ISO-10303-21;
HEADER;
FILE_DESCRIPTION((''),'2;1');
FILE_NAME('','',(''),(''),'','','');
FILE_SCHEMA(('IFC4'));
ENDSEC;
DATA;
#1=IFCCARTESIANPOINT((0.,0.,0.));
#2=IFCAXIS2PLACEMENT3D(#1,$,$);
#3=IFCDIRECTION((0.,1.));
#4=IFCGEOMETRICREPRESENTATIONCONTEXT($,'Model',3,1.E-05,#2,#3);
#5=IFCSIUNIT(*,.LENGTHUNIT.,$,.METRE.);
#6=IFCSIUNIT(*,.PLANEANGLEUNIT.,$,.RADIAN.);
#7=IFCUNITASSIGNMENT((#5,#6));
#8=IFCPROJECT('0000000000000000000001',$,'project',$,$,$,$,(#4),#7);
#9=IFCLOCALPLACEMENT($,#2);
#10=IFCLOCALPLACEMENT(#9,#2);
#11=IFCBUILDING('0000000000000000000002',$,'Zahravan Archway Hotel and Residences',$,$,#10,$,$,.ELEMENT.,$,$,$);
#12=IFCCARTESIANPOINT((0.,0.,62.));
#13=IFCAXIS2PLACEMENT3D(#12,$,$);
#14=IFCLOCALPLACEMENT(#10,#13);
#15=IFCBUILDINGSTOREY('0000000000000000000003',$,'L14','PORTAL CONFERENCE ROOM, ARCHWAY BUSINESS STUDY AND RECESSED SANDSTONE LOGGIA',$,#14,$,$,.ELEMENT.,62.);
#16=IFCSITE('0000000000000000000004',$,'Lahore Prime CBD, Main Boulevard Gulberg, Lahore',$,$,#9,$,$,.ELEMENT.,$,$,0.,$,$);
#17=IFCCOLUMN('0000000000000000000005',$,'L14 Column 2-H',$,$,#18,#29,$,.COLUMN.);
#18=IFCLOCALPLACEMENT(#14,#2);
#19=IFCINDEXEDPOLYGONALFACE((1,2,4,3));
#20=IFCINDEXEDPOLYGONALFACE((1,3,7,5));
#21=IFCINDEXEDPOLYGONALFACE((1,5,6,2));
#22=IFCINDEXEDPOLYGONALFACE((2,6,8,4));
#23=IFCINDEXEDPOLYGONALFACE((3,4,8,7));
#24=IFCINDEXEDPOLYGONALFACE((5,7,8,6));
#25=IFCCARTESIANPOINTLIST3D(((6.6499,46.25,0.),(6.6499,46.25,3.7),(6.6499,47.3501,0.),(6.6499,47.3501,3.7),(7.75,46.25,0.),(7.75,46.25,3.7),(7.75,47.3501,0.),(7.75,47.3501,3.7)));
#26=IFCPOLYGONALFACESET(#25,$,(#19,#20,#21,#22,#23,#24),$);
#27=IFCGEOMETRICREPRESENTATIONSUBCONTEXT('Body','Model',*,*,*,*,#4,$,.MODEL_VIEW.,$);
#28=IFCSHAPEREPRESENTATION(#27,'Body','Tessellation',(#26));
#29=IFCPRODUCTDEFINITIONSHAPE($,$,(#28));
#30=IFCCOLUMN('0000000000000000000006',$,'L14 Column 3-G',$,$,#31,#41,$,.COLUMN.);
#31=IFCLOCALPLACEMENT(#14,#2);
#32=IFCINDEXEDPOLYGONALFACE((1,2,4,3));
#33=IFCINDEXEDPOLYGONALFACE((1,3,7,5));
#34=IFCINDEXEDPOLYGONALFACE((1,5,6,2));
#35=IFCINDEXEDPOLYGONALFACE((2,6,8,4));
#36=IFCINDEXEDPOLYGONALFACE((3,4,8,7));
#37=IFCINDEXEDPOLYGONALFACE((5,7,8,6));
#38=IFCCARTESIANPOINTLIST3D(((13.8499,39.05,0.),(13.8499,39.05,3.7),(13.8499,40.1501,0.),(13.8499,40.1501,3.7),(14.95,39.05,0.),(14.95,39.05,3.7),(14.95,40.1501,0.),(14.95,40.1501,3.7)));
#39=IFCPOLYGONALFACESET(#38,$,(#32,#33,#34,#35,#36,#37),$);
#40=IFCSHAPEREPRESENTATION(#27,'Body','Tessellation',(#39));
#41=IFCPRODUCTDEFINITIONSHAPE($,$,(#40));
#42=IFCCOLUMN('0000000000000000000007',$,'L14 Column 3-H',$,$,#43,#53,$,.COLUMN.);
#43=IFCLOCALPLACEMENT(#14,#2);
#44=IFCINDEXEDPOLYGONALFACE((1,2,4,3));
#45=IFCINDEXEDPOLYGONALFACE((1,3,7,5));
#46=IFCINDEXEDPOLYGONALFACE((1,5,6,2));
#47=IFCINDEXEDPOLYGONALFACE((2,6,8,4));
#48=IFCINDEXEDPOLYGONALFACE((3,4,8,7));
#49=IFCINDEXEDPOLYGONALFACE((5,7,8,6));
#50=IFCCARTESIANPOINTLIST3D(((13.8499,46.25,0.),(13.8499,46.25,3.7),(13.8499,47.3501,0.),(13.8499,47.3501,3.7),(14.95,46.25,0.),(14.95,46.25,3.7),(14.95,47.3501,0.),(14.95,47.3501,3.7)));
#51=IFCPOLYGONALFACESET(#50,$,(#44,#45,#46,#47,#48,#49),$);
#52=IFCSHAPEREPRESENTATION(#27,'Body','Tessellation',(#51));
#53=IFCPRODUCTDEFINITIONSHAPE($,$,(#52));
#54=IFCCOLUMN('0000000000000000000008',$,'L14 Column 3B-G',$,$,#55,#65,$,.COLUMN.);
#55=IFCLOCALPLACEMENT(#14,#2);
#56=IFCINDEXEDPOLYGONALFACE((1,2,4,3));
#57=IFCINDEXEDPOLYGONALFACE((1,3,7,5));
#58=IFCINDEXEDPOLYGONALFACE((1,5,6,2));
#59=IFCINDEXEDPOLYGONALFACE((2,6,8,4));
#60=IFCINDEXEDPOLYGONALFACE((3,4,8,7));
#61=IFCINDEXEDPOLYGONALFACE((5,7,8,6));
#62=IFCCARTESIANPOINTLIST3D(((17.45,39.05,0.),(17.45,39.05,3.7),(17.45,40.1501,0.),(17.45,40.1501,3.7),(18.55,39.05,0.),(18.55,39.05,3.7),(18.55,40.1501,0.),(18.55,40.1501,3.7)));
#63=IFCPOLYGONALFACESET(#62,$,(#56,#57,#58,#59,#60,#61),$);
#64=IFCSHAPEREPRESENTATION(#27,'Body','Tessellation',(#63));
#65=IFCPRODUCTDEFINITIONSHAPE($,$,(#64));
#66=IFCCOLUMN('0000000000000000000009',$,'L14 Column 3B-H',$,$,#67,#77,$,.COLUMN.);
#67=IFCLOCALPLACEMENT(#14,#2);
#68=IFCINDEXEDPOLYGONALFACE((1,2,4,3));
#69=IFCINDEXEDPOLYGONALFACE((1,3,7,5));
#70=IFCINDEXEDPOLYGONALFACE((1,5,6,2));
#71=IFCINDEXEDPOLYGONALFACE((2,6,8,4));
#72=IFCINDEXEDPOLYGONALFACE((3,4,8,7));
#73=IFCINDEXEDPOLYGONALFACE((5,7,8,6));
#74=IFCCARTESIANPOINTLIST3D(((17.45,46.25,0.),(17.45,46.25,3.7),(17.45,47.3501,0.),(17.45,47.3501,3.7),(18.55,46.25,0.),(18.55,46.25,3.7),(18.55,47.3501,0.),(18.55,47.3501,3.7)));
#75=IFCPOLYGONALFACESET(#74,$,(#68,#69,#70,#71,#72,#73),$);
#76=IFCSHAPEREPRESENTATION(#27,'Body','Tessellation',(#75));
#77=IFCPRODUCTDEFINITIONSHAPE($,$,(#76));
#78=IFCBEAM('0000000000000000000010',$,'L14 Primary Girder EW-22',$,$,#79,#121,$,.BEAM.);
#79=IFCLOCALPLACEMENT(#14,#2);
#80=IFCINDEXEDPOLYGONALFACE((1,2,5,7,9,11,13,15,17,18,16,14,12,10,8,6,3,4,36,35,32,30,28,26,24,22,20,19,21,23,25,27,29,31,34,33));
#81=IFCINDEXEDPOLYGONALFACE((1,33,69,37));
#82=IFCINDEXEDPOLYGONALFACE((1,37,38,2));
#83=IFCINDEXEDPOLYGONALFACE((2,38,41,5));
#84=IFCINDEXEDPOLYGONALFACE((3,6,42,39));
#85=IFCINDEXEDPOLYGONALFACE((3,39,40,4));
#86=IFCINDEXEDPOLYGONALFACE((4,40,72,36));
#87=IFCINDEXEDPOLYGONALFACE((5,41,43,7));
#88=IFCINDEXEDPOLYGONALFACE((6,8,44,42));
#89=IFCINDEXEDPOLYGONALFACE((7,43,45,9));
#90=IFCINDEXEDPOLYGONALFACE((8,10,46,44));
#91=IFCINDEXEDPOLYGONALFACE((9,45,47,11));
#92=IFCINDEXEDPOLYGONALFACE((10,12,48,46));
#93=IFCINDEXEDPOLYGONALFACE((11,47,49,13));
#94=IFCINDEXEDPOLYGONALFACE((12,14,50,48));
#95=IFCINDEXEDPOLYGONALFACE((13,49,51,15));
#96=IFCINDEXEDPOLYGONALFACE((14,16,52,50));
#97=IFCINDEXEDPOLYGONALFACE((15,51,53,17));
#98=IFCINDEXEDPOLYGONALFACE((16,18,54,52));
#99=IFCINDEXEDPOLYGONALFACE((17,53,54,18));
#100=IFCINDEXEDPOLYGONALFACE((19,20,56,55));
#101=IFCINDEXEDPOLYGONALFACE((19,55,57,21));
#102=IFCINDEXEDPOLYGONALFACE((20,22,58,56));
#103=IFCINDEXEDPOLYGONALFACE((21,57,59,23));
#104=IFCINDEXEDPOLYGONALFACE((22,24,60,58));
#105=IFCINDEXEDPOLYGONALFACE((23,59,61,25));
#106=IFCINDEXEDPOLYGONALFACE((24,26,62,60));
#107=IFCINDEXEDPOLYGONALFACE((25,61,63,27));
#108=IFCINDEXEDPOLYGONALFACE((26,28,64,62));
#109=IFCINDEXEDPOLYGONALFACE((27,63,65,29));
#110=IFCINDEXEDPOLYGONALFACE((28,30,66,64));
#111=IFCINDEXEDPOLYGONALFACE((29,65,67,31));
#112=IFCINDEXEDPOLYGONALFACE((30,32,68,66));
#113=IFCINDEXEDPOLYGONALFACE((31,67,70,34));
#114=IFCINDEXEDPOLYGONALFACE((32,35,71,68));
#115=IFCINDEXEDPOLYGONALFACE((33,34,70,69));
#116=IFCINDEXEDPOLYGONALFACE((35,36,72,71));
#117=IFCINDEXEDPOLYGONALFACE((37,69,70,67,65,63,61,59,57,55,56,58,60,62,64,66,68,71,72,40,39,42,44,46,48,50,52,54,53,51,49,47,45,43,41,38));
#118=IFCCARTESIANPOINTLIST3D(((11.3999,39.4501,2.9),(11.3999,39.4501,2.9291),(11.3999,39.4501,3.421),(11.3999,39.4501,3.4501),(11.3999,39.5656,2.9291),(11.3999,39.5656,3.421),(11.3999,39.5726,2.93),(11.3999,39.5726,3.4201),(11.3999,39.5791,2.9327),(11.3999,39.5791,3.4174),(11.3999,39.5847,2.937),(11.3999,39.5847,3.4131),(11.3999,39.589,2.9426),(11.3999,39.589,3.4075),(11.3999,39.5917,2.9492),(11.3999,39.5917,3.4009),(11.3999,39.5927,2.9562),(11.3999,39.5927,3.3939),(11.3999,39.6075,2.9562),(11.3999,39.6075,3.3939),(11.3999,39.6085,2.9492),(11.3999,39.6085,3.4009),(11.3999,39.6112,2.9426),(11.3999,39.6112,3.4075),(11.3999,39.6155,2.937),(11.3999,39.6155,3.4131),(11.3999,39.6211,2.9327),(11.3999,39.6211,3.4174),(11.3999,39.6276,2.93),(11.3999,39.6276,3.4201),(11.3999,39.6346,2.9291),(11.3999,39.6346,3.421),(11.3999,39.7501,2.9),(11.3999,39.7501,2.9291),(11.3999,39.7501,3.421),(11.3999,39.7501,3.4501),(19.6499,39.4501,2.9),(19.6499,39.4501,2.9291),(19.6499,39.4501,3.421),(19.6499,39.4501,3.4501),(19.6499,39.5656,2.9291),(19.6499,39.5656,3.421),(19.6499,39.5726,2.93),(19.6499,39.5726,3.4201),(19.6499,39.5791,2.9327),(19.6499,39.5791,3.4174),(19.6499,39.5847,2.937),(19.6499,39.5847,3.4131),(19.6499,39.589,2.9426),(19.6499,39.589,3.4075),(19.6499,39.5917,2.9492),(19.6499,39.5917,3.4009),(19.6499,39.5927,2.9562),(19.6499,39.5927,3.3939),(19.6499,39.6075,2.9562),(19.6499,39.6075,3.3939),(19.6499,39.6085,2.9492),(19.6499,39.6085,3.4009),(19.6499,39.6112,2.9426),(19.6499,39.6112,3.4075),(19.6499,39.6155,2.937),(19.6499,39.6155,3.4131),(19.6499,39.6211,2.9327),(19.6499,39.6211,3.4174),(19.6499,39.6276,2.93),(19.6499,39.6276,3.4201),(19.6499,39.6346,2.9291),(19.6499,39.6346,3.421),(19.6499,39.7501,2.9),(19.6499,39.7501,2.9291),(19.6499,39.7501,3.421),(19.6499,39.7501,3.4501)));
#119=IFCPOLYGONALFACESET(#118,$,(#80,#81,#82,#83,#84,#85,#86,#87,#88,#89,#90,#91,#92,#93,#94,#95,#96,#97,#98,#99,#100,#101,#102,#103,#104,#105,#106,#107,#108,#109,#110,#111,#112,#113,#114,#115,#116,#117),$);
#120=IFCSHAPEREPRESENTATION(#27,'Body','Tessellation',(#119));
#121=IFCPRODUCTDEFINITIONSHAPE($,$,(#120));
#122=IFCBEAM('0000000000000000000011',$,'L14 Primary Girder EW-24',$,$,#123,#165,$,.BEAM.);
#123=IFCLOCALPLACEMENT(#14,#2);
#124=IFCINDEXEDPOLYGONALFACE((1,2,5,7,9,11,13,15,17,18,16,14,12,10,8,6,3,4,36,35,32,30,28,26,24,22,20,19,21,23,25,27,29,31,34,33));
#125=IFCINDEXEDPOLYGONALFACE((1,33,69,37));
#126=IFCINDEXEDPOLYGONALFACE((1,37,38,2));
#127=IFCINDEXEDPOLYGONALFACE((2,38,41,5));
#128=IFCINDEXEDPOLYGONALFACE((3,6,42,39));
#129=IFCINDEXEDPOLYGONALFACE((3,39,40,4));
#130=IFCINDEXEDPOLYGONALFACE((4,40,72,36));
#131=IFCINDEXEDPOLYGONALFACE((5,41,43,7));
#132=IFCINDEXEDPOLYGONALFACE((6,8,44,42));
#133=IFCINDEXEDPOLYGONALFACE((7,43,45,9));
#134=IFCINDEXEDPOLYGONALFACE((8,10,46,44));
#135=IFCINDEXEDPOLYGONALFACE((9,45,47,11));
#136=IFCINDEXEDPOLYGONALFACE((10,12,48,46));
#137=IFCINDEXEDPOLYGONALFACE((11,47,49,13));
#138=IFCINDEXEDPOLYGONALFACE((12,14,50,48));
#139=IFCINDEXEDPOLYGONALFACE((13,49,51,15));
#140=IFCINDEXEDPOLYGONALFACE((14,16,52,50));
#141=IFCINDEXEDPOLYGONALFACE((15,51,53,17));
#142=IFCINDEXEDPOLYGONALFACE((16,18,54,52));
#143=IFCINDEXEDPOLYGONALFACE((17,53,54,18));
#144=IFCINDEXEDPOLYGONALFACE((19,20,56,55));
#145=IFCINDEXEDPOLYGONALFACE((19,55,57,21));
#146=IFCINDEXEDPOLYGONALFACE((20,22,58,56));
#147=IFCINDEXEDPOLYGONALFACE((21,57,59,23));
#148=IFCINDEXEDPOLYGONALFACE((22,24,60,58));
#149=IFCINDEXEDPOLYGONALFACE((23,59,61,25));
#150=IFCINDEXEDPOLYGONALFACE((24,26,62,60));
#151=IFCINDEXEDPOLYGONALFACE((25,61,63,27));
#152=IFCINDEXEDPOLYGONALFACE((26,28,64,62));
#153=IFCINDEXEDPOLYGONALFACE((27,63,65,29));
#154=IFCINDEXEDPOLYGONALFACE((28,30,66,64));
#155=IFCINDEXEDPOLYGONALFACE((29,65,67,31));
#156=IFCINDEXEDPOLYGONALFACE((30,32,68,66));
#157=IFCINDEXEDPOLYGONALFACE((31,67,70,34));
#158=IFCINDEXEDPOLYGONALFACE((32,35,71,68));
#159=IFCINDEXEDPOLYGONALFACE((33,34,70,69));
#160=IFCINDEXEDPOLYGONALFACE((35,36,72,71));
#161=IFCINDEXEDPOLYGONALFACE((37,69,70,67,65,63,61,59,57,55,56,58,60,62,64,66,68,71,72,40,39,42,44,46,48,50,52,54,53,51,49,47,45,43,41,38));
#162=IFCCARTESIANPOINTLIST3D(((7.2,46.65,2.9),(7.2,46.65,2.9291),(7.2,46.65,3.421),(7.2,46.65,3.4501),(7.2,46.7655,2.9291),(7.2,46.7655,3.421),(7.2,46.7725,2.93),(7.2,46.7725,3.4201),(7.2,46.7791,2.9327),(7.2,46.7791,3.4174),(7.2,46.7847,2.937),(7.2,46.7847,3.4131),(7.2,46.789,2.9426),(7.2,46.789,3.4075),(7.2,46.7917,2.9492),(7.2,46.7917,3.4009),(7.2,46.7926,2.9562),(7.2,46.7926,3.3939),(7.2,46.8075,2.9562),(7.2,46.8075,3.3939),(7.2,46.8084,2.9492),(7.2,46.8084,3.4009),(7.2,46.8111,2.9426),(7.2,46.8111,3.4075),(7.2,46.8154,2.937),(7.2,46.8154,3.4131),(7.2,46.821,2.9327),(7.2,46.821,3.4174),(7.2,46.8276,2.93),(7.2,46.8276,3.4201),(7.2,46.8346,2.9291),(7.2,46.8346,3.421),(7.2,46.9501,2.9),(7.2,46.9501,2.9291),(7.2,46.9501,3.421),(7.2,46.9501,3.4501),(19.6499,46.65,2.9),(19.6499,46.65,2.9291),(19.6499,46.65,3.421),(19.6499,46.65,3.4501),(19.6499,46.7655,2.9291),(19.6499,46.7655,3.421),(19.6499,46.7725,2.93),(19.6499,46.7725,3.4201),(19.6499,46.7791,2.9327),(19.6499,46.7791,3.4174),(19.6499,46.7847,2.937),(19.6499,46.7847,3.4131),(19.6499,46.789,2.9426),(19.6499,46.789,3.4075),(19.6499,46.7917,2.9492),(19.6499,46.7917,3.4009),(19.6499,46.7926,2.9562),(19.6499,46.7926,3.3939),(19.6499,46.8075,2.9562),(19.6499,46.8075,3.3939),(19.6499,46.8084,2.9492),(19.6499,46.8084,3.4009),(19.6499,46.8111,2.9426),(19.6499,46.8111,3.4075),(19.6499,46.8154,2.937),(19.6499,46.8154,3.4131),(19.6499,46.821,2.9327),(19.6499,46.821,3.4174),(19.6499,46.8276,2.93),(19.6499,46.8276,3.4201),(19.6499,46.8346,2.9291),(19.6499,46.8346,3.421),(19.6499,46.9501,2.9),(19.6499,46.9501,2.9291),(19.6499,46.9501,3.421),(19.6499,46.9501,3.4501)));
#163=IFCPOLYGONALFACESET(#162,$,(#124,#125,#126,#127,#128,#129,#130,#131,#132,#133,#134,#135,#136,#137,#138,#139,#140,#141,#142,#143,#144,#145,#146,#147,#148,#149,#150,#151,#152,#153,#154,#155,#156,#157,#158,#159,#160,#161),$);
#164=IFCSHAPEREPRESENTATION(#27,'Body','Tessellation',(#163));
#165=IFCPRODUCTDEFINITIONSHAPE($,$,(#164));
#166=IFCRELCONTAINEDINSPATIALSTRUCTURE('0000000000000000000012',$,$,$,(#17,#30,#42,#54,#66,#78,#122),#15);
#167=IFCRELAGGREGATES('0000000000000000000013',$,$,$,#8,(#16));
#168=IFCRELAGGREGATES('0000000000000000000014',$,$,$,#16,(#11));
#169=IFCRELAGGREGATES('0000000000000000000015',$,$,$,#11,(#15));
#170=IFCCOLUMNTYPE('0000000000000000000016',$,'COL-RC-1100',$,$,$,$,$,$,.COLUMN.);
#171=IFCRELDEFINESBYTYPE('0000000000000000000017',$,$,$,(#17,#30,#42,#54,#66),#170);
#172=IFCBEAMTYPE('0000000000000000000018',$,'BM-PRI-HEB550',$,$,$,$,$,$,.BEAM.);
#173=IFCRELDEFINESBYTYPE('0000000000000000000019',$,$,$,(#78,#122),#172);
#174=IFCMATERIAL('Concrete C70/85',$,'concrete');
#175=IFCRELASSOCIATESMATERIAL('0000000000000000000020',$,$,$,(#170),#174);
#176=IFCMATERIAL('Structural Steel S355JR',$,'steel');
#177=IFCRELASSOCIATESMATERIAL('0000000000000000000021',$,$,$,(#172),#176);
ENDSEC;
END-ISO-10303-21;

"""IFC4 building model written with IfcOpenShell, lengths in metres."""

from ifc_helpers import new_model, si_unit, direction, frame, origin, origin_2d, place, context, subcontext, project, spatial, rectangle, i_section, extrude, source, transform, mapped, material, material_profile, profile_set, type_object, element, save


model = new_model("IFC4")

# Units and contexts
model_context = context("Model", 3, precision=1e-05, world=origin(), true_north=direction((0.0, 1.0)))
body_context = subcontext(model_context, "Body", "Model", "MODEL_VIEW")
ifc_project = project(units=[si_unit("LENGTHUNIT", "METRE"), si_unit("PLANEANGLEUNIT", "RADIAN")], contexts=[model_context])

# Site, building, storey
site_placement = place(None, origin())
site = spatial("IfcSite", under=ifc_project, at=site_placement, Name="Lahore Prime CBD, Main Boulevard Gulberg, Lahore", CompositionType="ELEMENT", RefElevation=0.0)
building_placement = place(site_placement, origin())
building = spatial("IfcBuilding", under=site, at=building_placement, Name="Zahravan Archway Hotel and Residences", CompositionType="ELEMENT")
storey_placement = place(building_placement, frame((0.0, 0.0, 62.0)))
storey = spatial("IfcBuildingStorey", under=building, at=storey_placement, Name="L14", Description="PORTAL CONFERENCE ROOM, ARCHWAY BUSINESS STUDY AND RECESSED SANDSTONE LOGGIA", CompositionType="ELEMENT", Elevation=62.0)

# Columns
ifc_material_1 = material(Name="Concrete C70/85", Category="concrete")
ifc_material_profile_1 = material_profile(ifc_material_1, rectangle(XDim=1.1001, YDim=1.1001, at=origin_2d()), Name="RC 1100x1100", Category="concrete")
ifc_profile_set_1 = profile_set([ifc_material_profile_1], Name="Concrete C70/85")
column_type = type_object("IfcColumnType", Name="COL-RC-1100", PredefinedType="COLUMN", material=ifc_profile_set_1)
shared_shape_1 = source(origin(), body_context, "Body", "SweptSolid", [
    extrude(rectangle(XDim=1.1001, YDim=1.1001, at=origin_2d()), origin(), (0.0, 0.0, 1.0), 3.7),
])
for number, where, z_axis, x_axis, name in (
    (1, (7.2, 46.8, 0.0), (0.0, 0.0, 1.0), (1.0, 0.0, 0.0), "L14 Column 2-H"),
    (2, (14.3999, 39.6001, 0.0), (0.0, 0.0, 1.0), (1.0, 0.0, 0.0), "L14 Column 3-G"),
    (3, (14.3999, 46.8, 0.0), (0.0, 0.0, 1.0), (1.0, 0.0, 0.0), "L14 Column 3-H"),
    (4, (18.0, 39.6001, 0.0), (0.0, 0.0, 1.0), (1.0, 0.0, 0.0), "L14 Column 3B-G"),
    (5, (18.0, 46.8, 0.0), (0.0, 0.0, 1.0), (1.0, 0.0, 0.0), "L14 Column 3B-H"),
):
    element("IfcColumn", number, at=place(storey_placement, frame(where, z_axis=z_axis, x_axis=x_axis)), inside=storey, type_object=column_type, Name=name, PredefinedType="COLUMN", context=body_context, shape_type="MappedRepresentation", body=[
        mapped(shared_shape_1, transform((0.0, 0.0, 0.0), scale=1.0)),
    ])

# Beams
ifc_material_2 = material(Name="Structural Steel S355JR", Category="steel")
ifc_material_profile_2 = material_profile(ifc_material_2, i_section(OverallWidth=0.3, OverallDepth=0.55, WebThickness=0.0149, FlangeThickness=0.0291, FilletRadius=0.0271, at=origin_2d()), Name="HEB 550", Category="steel")
ifc_profile_set_2 = profile_set([ifc_material_profile_2], Name="Structural Steel S355JR")
beam_type_1 = type_object("IfcBeamType", Name="BM-PRI-HEB550", PredefinedType="BEAM", material=ifc_profile_set_2)
shared_shape_2 = source(origin(), body_context, "Body", "SweptSolid", [
    extrude(i_section(OverallWidth=0.3, OverallDepth=0.55, WebThickness=0.0149, FlangeThickness=0.0291, FilletRadius=0.0271, at=origin_2d()), origin(), (0.0, 0.0, 1.0), 8.25),
])
beam_1_placement = place(storey_placement, frame((11.3999, 39.6001, 3.175), z_axis=(1.0, 0.0, 0.0), x_axis=(0.0, 1.0, 0.0)))
element("IfcBeam", 6, at=beam_1_placement, inside=storey, type_object=beam_type_1, Name="L14 Primary Girder EW-22", PredefinedType="BEAM", context=body_context, shape_type="MappedRepresentation", body=[
    mapped(shared_shape_2, transform((0.0, 0.0, 0.0), scale=1.0)),
])
shared_shape_3 = source(origin(), body_context, "Body", "SweptSolid", [
    extrude(i_section(OverallWidth=0.3, OverallDepth=0.55, WebThickness=0.0149, FlangeThickness=0.0291, FilletRadius=0.0271, at=origin_2d()), origin(), (0.0, 0.0, 1.0), 12.45),
])
beam_2_placement = place(storey_placement, frame((7.2, 46.8, 3.175), z_axis=(1.0, 0.0, 0.0), x_axis=(0.0, 1.0, 0.0)))
element("IfcBeam", 7, at=beam_2_placement, inside=storey, type_object=beam_type_1, Name="L14 Primary Girder EW-24", PredefinedType="BEAM", context=body_context, shape_type="MappedRepresentation", body=[
    mapped(shared_shape_3, transform((0.0, 0.0, 0.0), scale=1.0)),
])

save(model, "model.ifc")
